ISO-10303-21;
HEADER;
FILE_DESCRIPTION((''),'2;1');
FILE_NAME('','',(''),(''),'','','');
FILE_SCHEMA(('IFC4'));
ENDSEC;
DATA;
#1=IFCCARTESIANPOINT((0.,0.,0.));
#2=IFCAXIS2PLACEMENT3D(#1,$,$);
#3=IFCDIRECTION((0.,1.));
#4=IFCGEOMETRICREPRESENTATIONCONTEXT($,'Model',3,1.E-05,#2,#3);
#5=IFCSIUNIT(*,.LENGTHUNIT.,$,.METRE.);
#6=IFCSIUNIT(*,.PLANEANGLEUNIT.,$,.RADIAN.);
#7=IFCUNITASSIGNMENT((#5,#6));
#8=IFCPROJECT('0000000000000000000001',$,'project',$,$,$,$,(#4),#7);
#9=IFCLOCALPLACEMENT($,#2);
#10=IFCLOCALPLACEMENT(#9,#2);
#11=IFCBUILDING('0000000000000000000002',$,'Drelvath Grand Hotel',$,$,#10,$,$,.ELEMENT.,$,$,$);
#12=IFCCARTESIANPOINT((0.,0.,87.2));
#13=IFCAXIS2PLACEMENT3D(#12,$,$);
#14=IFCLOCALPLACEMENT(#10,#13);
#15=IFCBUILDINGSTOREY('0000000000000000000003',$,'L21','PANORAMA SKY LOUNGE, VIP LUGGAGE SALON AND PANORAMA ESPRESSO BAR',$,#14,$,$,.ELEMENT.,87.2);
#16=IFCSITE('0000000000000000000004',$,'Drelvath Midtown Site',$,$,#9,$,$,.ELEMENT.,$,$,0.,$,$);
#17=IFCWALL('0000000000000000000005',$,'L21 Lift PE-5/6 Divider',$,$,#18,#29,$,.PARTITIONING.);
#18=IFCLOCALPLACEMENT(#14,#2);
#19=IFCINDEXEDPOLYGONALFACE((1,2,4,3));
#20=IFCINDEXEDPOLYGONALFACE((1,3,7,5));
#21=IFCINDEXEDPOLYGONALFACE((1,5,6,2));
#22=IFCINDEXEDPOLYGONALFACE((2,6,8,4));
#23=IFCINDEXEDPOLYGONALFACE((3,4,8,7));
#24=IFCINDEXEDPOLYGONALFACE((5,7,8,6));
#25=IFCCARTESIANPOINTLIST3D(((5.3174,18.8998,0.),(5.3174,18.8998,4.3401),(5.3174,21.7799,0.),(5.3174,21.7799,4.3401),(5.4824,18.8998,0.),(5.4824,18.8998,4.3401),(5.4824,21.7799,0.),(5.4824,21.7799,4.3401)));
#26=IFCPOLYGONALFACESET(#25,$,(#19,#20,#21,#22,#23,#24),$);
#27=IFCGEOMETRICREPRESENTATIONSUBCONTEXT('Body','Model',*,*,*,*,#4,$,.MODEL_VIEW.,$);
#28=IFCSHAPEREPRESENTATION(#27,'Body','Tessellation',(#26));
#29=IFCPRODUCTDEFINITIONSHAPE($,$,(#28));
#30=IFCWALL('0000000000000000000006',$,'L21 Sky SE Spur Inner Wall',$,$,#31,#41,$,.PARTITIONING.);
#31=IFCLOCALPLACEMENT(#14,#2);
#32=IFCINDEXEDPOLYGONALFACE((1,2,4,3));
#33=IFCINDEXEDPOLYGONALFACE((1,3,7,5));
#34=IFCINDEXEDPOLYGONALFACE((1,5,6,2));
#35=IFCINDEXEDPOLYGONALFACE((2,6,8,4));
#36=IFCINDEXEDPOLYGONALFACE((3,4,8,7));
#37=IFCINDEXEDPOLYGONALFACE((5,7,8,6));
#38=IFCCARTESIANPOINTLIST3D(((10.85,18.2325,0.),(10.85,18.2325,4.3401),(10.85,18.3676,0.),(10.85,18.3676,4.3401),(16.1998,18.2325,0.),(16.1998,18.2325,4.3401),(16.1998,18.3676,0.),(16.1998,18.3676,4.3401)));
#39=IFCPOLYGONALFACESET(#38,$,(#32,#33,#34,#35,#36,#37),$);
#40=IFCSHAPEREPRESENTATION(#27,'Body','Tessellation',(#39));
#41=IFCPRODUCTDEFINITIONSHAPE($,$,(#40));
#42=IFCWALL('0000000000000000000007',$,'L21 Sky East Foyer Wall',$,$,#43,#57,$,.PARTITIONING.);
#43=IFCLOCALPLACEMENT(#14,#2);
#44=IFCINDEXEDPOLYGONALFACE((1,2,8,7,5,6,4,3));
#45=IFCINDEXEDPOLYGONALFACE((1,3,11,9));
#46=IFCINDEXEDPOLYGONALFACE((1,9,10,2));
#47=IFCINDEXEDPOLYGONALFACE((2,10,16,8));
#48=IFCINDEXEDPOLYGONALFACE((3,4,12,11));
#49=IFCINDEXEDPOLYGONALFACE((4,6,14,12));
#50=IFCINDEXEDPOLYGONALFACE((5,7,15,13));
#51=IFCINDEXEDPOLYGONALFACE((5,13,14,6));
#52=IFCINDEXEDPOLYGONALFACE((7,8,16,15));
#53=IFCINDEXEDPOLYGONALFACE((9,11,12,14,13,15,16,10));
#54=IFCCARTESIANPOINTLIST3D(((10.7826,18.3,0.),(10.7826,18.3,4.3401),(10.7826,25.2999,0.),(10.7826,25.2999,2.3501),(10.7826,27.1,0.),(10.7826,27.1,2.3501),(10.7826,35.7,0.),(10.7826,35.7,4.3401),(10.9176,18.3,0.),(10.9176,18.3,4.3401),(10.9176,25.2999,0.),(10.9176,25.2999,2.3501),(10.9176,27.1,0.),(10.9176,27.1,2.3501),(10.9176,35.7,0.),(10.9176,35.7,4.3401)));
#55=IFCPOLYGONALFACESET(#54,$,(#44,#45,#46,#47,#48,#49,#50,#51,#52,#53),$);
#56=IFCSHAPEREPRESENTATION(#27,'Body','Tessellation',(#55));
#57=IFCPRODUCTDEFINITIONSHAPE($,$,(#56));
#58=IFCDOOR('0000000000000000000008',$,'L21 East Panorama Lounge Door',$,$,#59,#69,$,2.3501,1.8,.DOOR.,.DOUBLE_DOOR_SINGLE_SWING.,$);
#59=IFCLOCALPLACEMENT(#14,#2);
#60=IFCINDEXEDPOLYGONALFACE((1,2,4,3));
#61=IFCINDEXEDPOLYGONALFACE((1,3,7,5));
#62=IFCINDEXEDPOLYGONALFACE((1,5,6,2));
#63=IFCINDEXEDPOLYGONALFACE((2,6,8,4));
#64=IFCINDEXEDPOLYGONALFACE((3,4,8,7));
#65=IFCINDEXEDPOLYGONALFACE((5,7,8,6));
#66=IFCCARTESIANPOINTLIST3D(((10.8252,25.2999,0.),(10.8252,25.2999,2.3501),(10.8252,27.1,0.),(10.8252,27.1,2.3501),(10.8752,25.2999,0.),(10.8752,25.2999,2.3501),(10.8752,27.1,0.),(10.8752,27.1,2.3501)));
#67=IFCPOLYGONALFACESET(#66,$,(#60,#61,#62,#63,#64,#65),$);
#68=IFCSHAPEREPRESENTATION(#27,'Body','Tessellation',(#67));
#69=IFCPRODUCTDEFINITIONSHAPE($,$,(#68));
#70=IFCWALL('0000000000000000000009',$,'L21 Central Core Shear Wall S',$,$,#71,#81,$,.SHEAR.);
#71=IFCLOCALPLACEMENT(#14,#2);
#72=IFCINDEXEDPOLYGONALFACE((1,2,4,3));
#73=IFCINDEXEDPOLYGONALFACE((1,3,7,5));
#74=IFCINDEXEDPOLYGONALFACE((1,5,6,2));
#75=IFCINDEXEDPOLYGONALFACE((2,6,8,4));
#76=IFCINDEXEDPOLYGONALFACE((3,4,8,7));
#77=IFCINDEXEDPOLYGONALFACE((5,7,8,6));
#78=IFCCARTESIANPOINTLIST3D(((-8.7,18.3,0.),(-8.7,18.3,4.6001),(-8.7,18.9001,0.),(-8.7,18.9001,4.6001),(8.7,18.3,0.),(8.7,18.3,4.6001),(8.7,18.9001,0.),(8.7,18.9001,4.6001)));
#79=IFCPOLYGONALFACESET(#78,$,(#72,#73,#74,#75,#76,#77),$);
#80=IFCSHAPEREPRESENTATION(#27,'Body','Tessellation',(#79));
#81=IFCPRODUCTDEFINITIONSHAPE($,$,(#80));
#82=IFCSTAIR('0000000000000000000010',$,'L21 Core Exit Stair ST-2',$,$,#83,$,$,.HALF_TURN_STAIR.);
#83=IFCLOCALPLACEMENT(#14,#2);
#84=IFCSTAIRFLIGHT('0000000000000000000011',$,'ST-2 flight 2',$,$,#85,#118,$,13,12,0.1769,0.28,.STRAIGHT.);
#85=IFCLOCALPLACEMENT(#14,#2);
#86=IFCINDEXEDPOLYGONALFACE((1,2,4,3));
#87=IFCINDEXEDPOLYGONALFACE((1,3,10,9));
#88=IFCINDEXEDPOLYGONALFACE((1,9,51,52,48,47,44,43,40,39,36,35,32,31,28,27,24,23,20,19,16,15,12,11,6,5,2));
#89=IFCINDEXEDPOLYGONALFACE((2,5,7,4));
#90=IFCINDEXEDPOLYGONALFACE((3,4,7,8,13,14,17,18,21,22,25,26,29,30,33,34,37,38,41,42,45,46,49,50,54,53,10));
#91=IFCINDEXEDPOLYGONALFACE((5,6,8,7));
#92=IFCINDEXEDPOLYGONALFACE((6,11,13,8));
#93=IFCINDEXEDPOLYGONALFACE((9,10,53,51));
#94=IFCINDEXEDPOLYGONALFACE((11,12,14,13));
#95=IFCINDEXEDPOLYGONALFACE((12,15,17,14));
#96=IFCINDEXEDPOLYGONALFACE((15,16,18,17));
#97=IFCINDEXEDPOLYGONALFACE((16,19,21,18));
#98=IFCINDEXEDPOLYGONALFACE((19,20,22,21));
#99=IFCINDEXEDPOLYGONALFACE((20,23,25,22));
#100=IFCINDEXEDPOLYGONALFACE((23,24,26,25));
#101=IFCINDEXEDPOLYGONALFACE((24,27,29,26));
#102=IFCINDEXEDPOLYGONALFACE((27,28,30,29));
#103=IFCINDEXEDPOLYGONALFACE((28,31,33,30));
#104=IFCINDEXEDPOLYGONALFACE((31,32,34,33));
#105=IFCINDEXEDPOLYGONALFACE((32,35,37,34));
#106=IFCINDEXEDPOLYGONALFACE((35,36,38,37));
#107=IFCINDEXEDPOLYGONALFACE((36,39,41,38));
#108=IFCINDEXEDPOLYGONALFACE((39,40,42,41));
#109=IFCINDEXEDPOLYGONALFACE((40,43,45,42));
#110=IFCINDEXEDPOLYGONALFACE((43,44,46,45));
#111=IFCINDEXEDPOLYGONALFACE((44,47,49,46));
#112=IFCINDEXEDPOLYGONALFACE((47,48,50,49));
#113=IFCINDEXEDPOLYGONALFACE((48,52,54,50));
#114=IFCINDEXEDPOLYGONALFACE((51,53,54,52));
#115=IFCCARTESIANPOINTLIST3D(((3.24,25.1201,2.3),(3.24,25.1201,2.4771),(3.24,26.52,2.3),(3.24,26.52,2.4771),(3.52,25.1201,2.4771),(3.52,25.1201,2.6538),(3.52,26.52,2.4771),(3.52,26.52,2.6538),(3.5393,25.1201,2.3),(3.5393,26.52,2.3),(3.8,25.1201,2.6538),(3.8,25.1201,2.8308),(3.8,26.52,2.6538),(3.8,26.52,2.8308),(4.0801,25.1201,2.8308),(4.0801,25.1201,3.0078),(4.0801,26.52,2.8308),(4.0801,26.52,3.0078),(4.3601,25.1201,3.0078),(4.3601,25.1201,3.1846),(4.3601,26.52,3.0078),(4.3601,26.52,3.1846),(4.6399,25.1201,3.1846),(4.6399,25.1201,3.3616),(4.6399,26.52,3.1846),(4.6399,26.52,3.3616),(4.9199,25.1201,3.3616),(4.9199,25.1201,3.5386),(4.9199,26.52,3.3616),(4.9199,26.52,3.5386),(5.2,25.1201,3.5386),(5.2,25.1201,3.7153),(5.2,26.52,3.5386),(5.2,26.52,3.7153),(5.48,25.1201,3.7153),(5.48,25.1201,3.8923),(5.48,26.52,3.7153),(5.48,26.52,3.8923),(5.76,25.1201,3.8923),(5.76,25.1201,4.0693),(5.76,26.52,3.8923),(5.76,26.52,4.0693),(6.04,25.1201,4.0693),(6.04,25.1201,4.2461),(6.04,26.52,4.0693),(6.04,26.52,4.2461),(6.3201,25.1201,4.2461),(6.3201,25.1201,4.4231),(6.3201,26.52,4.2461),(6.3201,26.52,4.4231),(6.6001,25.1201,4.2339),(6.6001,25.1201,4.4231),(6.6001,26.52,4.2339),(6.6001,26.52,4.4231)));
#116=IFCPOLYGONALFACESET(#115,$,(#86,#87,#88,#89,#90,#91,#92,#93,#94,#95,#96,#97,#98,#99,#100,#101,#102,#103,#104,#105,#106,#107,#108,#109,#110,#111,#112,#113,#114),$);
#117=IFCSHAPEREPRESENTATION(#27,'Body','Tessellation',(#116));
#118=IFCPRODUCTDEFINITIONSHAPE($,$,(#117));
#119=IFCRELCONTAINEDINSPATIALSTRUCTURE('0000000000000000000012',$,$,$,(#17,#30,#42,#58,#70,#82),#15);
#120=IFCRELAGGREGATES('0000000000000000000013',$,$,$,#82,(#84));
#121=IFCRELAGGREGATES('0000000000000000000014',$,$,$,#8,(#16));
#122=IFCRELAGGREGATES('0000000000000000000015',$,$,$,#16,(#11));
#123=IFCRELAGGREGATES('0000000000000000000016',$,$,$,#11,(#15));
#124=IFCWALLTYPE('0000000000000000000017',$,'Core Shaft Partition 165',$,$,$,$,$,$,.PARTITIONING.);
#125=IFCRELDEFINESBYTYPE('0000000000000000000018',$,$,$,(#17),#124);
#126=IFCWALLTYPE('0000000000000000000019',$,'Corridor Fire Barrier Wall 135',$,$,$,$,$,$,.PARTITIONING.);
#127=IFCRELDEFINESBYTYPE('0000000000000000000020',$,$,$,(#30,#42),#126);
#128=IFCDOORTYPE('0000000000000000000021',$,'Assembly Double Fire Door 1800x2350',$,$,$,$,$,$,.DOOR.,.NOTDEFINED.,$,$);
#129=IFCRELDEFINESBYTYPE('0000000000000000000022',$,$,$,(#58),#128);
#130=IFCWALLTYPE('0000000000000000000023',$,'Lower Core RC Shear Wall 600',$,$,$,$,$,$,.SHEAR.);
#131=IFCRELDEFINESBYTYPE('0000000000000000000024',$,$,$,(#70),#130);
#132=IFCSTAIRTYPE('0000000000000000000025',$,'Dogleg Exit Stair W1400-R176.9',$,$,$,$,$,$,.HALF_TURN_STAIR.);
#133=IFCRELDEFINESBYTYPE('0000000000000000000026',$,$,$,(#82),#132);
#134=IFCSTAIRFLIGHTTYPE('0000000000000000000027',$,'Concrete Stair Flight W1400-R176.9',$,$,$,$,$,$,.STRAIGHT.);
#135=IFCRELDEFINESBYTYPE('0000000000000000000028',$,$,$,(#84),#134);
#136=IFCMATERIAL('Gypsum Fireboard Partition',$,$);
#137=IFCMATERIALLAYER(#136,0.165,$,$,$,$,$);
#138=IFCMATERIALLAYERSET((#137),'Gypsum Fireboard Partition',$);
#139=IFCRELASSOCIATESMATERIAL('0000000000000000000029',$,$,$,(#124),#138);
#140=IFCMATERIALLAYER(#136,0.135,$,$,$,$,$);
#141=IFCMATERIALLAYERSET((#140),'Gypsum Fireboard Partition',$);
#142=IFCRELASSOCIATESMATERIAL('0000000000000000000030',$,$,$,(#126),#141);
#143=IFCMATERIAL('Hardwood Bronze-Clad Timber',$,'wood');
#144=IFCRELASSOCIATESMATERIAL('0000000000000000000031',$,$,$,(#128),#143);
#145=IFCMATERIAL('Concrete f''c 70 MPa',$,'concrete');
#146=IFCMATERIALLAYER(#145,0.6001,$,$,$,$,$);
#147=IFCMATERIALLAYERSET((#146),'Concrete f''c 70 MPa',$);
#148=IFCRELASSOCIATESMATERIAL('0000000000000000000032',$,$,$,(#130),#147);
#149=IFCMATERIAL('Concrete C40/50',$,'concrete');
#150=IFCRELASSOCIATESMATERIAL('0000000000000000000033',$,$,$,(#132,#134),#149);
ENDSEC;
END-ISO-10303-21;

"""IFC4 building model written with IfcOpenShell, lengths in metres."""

from ifc_helpers import new_model, si_unit, direction, frame, frame_2d, origin, place, context, subcontext, project, spatial, polyline, rectangle, outline, extrude, material, layer, layer_set, type_object, element, fill, aggregate, save


model = new_model("IFC4")

# Units and contexts
model_context = context("Model", 3, precision=1e-05, world=origin(), true_north=direction((0.0, 1.0)))
body_context = subcontext(model_context, "Body", "Model", "MODEL_VIEW")
ifc_project = project(units=[si_unit("LENGTHUNIT", "METRE"), si_unit("PLANEANGLEUNIT", "RADIAN")], contexts=[model_context])

# Site, building, storey
site_placement = place(None, origin())
site = spatial("IfcSite", under=ifc_project, at=site_placement, Name="Drelvath Midtown Site", CompositionType="ELEMENT", RefElevation=0.0)
building_placement = place(site_placement, origin())
building = spatial("IfcBuilding", under=site, at=building_placement, Name="Drelvath Grand Hotel", CompositionType="ELEMENT")
storey_placement = place(building_placement, frame((0.0, 0.0, 87.2)))
storey = spatial("IfcBuildingStorey", under=building, at=storey_placement, Name="L21", Description="PANORAMA SKY LOUNGE, VIP LUGGAGE SALON AND PANORAMA ESPRESSO BAR", CompositionType="ELEMENT", Elevation=87.2)

# Shared definitions
ifc_material_1 = material(Name="Concrete f'c 70 MPa", Category="concrete")

# Shared definitions
ifc_material_2 = material(Name="Concrete C40/50", Category="concrete")

# Walls
ifc_material_3 = material(Name="Gypsum Fireboard Partition")
ifc_layer_1 = layer(ifc_material_3, 0.165)
ifc_layer_set_1 = layer_set([ifc_layer_1], Name="Gypsum Fireboard Partition")
wall_type_1 = type_object("IfcWallType", Name="Core Shaft Partition 165", PredefinedType="PARTITIONING", material=ifc_layer_set_1)
for number, where, z_axis, x_axis, name in (
    (1, (5.3999, 18.8999, 0.0), (0.0, 0.0, 1.0), (0.0, 1.0, 0.0), "L21 Lift PE-5/6 Divider"),
):
    element("IfcWall", number, at=place(storey_placement, frame(where, z_axis=z_axis, x_axis=x_axis)), inside=storey, type_object=wall_type_1, Name=name, PredefinedType="PARTITIONING", context=body_context, shape_type="SweptSolid", body=[
        extrude(rectangle(XDim=2.8801, YDim=0.165, at=frame_2d((1.4399, 0.0))), origin(), (0.0, 0.0, 1.0), 4.3401),
    ])
ifc_layer_2 = layer(ifc_material_3, 0.135)
ifc_layer_set_2 = layer_set([ifc_layer_2], Name="Gypsum Fireboard Partition")
wall_type_2 = type_object("IfcWallType", Name="Corridor Fire Barrier Wall 135", PredefinedType="PARTITIONING", material=ifc_layer_set_2)
wall_1_placement = place(storey_placement, frame((10.8501, 18.3, 0.0), z_axis=(0.0, 0.0, 1.0), x_axis=(1.0, 0.0, 0.0)))
element("IfcWall", 2, at=wall_1_placement, inside=storey, type_object=wall_type_2, Name="L21 Sky SE Spur Inner Wall", PredefinedType="PARTITIONING", context=body_context, shape_type="SweptSolid", body=[
    extrude(rectangle(XDim=5.3499, YDim=0.135, at=frame_2d((2.6748, 0.0))), origin(), (0.0, 0.0, 1.0), 4.3401),
])

# Wall, opening, door
wall_2_placement = place(storey_placement, frame((10.8501, 18.3, 0.0), z_axis=(0.0, 0.0, 1.0), x_axis=(0.0, 1.0, 0.0)))
wall_2 = element("IfcWall", 3, at=wall_2_placement, inside=storey, type_object=wall_type_2, Name="L21 Sky East Foyer Wall", PredefinedType="PARTITIONING", context=body_context, shape_type="SweptSolid", body=[
    extrude(rectangle(XDim=17.3999, YDim=0.135, at=frame_2d((8.7, 0.0))), origin(), (0.0, 0.0, 1.0), 4.3401),
])
opening_1_placement = place(wall_2_placement, frame((7.0, 0.0, 0.0)))
opening_1 = element("IfcOpeningElement", 4, at=opening_1_placement, cuts=wall_2, PredefinedType="OPENING", context=body_context, shape_type="SweptSolid", body=[
    extrude(rectangle(XDim=1.8, YDim=2.3501, at=frame_2d((0.8999, 1.175))), frame((0.0, 0.0774, 0.0), z_axis=(0.0, -1.0, 0.0), x_axis=(1.0, 0.0, 0.0)), (0.0, 0.0, 1.0), 0.155),
])
ifc_material_4 = material(Name="Hardwood Bronze-Clad Timber", Category="wood")
door_type_1 = type_object("IfcDoorType", Name="Assembly Double Fire Door 1800x2350", OperationType="NOTDEFINED", PredefinedType="DOOR", material=ifc_material_4)
door_1_placement = place(opening_1_placement, origin())
door_1 = element("IfcDoor", 5, at=door_1_placement, inside=storey, type_object=door_type_1, Name="L21 East Panorama Lounge Door", OperationType="DOUBLE_DOOR_SINGLE_SWING", OverallHeight=2.3501, OverallWidth=1.8, PredefinedType="DOOR", context=body_context, shape_type="SweptSolid", body=[
    extrude(rectangle(XDim=1.8, YDim=2.3501, at=frame_2d((0.8999, 1.175))), frame((0.0, 0.0249, 0.0), z_axis=(0.0, -1.0, 0.0), x_axis=(1.0, 0.0, 0.0)), (0.0, 0.0, 1.0), 0.05),
])
fill(opening_1, door_1)

# Wall
ifc_layer_3 = layer(ifc_material_1, 0.6001)
ifc_layer_set_3 = layer_set([ifc_layer_3], Name="Concrete f'c 70 MPa")
wall_type_3 = type_object("IfcWallType", Name="Lower Core RC Shear Wall 600", PredefinedType="SHEAR", material=ifc_layer_set_3)
wall_3_placement = place(storey_placement, frame((8.7, 18.6001, 0.0), z_axis=(0.0, 0.0, 1.0), x_axis=(-1.0, 0.0, 0.0)))
element("IfcWall", 6, at=wall_3_placement, inside=storey, type_object=wall_type_3, Name="L21 Central Core Shear Wall S", PredefinedType="SHEAR", context=body_context, shape_type="SweptSolid", body=[
    extrude(rectangle(XDim=17.3999, YDim=0.6001, at=frame_2d((8.7, 0.0))), origin(), (0.0, 0.0, 1.0), 4.6001),
])

# Stair, stair flight
stair_type = type_object("IfcStairType", Name="Dogleg Exit Stair W1400-R176.9", PredefinedType="HALF_TURN_STAIR", material=ifc_material_2)
stair_placement = place(storey_placement, origin())
stair = element("IfcStair", 7, at=stair_placement, inside=storey, type_object=stair_type, Name="L21 Core Exit Stair ST-2", PredefinedType="HALF_TURN_STAIR")
stair_flight_type = type_object("IfcStairFlightType", Name="Concrete Stair Flight W1400-R176.9", PredefinedType="STRAIGHT", material=ifc_material_2)
stair_flight_placement = place(storey_placement, frame((3.24, 25.8201, 2.3), z_axis=(0.0, 0.0, 1.0), x_axis=(1.0, 0.0, 0.0)))
stair_flight = element("IfcStairFlight", 8, at=stair_flight_placement, type_object=stair_flight_type, Name="ST-2 flight 2", NumberOfRisers=13, NumberOfTreads=12, PredefinedType="STRAIGHT", RiserHeight=0.1769, TreadLength=0.28, context=body_context, shape_type="SweptSolid", body=[
    extrude(outline(polyline([(0.0, 0.0), (0.0, 0.177), (0.28, 0.177), (0.28, 0.3538), (0.5601, 0.3538), (0.5601, 0.5308), (0.8401, 0.5308), (0.8401, 0.7078), (1.1201, 0.7078), (1.1201, 0.8845), (1.3999, 0.8845), (1.3999, 1.0615), (1.6799, 1.0615), (1.6799, 1.2385), (1.96, 1.2385), (1.96, 1.4153), (2.24, 1.4153), (2.24, 1.5923), (2.52, 1.5923), (2.52, 1.7693), (2.8, 1.7693), (2.8, 1.946), (3.0801, 1.946), (3.0801, 2.123), (3.3601, 2.123), (3.3601, 2.3), (3.3601, 1.9338), (0.2993, 0.0), (0.0, 0.0)])), frame((0.0, 0.7, 0.0), z_axis=(0.0, -1.0, 0.0), x_axis=(1.0, 0.0, 0.0)), (0.0, 0.0, 1.0), 1.3999),
])
aggregate(stair, [stair_flight])

save(model, "model.ifc")
